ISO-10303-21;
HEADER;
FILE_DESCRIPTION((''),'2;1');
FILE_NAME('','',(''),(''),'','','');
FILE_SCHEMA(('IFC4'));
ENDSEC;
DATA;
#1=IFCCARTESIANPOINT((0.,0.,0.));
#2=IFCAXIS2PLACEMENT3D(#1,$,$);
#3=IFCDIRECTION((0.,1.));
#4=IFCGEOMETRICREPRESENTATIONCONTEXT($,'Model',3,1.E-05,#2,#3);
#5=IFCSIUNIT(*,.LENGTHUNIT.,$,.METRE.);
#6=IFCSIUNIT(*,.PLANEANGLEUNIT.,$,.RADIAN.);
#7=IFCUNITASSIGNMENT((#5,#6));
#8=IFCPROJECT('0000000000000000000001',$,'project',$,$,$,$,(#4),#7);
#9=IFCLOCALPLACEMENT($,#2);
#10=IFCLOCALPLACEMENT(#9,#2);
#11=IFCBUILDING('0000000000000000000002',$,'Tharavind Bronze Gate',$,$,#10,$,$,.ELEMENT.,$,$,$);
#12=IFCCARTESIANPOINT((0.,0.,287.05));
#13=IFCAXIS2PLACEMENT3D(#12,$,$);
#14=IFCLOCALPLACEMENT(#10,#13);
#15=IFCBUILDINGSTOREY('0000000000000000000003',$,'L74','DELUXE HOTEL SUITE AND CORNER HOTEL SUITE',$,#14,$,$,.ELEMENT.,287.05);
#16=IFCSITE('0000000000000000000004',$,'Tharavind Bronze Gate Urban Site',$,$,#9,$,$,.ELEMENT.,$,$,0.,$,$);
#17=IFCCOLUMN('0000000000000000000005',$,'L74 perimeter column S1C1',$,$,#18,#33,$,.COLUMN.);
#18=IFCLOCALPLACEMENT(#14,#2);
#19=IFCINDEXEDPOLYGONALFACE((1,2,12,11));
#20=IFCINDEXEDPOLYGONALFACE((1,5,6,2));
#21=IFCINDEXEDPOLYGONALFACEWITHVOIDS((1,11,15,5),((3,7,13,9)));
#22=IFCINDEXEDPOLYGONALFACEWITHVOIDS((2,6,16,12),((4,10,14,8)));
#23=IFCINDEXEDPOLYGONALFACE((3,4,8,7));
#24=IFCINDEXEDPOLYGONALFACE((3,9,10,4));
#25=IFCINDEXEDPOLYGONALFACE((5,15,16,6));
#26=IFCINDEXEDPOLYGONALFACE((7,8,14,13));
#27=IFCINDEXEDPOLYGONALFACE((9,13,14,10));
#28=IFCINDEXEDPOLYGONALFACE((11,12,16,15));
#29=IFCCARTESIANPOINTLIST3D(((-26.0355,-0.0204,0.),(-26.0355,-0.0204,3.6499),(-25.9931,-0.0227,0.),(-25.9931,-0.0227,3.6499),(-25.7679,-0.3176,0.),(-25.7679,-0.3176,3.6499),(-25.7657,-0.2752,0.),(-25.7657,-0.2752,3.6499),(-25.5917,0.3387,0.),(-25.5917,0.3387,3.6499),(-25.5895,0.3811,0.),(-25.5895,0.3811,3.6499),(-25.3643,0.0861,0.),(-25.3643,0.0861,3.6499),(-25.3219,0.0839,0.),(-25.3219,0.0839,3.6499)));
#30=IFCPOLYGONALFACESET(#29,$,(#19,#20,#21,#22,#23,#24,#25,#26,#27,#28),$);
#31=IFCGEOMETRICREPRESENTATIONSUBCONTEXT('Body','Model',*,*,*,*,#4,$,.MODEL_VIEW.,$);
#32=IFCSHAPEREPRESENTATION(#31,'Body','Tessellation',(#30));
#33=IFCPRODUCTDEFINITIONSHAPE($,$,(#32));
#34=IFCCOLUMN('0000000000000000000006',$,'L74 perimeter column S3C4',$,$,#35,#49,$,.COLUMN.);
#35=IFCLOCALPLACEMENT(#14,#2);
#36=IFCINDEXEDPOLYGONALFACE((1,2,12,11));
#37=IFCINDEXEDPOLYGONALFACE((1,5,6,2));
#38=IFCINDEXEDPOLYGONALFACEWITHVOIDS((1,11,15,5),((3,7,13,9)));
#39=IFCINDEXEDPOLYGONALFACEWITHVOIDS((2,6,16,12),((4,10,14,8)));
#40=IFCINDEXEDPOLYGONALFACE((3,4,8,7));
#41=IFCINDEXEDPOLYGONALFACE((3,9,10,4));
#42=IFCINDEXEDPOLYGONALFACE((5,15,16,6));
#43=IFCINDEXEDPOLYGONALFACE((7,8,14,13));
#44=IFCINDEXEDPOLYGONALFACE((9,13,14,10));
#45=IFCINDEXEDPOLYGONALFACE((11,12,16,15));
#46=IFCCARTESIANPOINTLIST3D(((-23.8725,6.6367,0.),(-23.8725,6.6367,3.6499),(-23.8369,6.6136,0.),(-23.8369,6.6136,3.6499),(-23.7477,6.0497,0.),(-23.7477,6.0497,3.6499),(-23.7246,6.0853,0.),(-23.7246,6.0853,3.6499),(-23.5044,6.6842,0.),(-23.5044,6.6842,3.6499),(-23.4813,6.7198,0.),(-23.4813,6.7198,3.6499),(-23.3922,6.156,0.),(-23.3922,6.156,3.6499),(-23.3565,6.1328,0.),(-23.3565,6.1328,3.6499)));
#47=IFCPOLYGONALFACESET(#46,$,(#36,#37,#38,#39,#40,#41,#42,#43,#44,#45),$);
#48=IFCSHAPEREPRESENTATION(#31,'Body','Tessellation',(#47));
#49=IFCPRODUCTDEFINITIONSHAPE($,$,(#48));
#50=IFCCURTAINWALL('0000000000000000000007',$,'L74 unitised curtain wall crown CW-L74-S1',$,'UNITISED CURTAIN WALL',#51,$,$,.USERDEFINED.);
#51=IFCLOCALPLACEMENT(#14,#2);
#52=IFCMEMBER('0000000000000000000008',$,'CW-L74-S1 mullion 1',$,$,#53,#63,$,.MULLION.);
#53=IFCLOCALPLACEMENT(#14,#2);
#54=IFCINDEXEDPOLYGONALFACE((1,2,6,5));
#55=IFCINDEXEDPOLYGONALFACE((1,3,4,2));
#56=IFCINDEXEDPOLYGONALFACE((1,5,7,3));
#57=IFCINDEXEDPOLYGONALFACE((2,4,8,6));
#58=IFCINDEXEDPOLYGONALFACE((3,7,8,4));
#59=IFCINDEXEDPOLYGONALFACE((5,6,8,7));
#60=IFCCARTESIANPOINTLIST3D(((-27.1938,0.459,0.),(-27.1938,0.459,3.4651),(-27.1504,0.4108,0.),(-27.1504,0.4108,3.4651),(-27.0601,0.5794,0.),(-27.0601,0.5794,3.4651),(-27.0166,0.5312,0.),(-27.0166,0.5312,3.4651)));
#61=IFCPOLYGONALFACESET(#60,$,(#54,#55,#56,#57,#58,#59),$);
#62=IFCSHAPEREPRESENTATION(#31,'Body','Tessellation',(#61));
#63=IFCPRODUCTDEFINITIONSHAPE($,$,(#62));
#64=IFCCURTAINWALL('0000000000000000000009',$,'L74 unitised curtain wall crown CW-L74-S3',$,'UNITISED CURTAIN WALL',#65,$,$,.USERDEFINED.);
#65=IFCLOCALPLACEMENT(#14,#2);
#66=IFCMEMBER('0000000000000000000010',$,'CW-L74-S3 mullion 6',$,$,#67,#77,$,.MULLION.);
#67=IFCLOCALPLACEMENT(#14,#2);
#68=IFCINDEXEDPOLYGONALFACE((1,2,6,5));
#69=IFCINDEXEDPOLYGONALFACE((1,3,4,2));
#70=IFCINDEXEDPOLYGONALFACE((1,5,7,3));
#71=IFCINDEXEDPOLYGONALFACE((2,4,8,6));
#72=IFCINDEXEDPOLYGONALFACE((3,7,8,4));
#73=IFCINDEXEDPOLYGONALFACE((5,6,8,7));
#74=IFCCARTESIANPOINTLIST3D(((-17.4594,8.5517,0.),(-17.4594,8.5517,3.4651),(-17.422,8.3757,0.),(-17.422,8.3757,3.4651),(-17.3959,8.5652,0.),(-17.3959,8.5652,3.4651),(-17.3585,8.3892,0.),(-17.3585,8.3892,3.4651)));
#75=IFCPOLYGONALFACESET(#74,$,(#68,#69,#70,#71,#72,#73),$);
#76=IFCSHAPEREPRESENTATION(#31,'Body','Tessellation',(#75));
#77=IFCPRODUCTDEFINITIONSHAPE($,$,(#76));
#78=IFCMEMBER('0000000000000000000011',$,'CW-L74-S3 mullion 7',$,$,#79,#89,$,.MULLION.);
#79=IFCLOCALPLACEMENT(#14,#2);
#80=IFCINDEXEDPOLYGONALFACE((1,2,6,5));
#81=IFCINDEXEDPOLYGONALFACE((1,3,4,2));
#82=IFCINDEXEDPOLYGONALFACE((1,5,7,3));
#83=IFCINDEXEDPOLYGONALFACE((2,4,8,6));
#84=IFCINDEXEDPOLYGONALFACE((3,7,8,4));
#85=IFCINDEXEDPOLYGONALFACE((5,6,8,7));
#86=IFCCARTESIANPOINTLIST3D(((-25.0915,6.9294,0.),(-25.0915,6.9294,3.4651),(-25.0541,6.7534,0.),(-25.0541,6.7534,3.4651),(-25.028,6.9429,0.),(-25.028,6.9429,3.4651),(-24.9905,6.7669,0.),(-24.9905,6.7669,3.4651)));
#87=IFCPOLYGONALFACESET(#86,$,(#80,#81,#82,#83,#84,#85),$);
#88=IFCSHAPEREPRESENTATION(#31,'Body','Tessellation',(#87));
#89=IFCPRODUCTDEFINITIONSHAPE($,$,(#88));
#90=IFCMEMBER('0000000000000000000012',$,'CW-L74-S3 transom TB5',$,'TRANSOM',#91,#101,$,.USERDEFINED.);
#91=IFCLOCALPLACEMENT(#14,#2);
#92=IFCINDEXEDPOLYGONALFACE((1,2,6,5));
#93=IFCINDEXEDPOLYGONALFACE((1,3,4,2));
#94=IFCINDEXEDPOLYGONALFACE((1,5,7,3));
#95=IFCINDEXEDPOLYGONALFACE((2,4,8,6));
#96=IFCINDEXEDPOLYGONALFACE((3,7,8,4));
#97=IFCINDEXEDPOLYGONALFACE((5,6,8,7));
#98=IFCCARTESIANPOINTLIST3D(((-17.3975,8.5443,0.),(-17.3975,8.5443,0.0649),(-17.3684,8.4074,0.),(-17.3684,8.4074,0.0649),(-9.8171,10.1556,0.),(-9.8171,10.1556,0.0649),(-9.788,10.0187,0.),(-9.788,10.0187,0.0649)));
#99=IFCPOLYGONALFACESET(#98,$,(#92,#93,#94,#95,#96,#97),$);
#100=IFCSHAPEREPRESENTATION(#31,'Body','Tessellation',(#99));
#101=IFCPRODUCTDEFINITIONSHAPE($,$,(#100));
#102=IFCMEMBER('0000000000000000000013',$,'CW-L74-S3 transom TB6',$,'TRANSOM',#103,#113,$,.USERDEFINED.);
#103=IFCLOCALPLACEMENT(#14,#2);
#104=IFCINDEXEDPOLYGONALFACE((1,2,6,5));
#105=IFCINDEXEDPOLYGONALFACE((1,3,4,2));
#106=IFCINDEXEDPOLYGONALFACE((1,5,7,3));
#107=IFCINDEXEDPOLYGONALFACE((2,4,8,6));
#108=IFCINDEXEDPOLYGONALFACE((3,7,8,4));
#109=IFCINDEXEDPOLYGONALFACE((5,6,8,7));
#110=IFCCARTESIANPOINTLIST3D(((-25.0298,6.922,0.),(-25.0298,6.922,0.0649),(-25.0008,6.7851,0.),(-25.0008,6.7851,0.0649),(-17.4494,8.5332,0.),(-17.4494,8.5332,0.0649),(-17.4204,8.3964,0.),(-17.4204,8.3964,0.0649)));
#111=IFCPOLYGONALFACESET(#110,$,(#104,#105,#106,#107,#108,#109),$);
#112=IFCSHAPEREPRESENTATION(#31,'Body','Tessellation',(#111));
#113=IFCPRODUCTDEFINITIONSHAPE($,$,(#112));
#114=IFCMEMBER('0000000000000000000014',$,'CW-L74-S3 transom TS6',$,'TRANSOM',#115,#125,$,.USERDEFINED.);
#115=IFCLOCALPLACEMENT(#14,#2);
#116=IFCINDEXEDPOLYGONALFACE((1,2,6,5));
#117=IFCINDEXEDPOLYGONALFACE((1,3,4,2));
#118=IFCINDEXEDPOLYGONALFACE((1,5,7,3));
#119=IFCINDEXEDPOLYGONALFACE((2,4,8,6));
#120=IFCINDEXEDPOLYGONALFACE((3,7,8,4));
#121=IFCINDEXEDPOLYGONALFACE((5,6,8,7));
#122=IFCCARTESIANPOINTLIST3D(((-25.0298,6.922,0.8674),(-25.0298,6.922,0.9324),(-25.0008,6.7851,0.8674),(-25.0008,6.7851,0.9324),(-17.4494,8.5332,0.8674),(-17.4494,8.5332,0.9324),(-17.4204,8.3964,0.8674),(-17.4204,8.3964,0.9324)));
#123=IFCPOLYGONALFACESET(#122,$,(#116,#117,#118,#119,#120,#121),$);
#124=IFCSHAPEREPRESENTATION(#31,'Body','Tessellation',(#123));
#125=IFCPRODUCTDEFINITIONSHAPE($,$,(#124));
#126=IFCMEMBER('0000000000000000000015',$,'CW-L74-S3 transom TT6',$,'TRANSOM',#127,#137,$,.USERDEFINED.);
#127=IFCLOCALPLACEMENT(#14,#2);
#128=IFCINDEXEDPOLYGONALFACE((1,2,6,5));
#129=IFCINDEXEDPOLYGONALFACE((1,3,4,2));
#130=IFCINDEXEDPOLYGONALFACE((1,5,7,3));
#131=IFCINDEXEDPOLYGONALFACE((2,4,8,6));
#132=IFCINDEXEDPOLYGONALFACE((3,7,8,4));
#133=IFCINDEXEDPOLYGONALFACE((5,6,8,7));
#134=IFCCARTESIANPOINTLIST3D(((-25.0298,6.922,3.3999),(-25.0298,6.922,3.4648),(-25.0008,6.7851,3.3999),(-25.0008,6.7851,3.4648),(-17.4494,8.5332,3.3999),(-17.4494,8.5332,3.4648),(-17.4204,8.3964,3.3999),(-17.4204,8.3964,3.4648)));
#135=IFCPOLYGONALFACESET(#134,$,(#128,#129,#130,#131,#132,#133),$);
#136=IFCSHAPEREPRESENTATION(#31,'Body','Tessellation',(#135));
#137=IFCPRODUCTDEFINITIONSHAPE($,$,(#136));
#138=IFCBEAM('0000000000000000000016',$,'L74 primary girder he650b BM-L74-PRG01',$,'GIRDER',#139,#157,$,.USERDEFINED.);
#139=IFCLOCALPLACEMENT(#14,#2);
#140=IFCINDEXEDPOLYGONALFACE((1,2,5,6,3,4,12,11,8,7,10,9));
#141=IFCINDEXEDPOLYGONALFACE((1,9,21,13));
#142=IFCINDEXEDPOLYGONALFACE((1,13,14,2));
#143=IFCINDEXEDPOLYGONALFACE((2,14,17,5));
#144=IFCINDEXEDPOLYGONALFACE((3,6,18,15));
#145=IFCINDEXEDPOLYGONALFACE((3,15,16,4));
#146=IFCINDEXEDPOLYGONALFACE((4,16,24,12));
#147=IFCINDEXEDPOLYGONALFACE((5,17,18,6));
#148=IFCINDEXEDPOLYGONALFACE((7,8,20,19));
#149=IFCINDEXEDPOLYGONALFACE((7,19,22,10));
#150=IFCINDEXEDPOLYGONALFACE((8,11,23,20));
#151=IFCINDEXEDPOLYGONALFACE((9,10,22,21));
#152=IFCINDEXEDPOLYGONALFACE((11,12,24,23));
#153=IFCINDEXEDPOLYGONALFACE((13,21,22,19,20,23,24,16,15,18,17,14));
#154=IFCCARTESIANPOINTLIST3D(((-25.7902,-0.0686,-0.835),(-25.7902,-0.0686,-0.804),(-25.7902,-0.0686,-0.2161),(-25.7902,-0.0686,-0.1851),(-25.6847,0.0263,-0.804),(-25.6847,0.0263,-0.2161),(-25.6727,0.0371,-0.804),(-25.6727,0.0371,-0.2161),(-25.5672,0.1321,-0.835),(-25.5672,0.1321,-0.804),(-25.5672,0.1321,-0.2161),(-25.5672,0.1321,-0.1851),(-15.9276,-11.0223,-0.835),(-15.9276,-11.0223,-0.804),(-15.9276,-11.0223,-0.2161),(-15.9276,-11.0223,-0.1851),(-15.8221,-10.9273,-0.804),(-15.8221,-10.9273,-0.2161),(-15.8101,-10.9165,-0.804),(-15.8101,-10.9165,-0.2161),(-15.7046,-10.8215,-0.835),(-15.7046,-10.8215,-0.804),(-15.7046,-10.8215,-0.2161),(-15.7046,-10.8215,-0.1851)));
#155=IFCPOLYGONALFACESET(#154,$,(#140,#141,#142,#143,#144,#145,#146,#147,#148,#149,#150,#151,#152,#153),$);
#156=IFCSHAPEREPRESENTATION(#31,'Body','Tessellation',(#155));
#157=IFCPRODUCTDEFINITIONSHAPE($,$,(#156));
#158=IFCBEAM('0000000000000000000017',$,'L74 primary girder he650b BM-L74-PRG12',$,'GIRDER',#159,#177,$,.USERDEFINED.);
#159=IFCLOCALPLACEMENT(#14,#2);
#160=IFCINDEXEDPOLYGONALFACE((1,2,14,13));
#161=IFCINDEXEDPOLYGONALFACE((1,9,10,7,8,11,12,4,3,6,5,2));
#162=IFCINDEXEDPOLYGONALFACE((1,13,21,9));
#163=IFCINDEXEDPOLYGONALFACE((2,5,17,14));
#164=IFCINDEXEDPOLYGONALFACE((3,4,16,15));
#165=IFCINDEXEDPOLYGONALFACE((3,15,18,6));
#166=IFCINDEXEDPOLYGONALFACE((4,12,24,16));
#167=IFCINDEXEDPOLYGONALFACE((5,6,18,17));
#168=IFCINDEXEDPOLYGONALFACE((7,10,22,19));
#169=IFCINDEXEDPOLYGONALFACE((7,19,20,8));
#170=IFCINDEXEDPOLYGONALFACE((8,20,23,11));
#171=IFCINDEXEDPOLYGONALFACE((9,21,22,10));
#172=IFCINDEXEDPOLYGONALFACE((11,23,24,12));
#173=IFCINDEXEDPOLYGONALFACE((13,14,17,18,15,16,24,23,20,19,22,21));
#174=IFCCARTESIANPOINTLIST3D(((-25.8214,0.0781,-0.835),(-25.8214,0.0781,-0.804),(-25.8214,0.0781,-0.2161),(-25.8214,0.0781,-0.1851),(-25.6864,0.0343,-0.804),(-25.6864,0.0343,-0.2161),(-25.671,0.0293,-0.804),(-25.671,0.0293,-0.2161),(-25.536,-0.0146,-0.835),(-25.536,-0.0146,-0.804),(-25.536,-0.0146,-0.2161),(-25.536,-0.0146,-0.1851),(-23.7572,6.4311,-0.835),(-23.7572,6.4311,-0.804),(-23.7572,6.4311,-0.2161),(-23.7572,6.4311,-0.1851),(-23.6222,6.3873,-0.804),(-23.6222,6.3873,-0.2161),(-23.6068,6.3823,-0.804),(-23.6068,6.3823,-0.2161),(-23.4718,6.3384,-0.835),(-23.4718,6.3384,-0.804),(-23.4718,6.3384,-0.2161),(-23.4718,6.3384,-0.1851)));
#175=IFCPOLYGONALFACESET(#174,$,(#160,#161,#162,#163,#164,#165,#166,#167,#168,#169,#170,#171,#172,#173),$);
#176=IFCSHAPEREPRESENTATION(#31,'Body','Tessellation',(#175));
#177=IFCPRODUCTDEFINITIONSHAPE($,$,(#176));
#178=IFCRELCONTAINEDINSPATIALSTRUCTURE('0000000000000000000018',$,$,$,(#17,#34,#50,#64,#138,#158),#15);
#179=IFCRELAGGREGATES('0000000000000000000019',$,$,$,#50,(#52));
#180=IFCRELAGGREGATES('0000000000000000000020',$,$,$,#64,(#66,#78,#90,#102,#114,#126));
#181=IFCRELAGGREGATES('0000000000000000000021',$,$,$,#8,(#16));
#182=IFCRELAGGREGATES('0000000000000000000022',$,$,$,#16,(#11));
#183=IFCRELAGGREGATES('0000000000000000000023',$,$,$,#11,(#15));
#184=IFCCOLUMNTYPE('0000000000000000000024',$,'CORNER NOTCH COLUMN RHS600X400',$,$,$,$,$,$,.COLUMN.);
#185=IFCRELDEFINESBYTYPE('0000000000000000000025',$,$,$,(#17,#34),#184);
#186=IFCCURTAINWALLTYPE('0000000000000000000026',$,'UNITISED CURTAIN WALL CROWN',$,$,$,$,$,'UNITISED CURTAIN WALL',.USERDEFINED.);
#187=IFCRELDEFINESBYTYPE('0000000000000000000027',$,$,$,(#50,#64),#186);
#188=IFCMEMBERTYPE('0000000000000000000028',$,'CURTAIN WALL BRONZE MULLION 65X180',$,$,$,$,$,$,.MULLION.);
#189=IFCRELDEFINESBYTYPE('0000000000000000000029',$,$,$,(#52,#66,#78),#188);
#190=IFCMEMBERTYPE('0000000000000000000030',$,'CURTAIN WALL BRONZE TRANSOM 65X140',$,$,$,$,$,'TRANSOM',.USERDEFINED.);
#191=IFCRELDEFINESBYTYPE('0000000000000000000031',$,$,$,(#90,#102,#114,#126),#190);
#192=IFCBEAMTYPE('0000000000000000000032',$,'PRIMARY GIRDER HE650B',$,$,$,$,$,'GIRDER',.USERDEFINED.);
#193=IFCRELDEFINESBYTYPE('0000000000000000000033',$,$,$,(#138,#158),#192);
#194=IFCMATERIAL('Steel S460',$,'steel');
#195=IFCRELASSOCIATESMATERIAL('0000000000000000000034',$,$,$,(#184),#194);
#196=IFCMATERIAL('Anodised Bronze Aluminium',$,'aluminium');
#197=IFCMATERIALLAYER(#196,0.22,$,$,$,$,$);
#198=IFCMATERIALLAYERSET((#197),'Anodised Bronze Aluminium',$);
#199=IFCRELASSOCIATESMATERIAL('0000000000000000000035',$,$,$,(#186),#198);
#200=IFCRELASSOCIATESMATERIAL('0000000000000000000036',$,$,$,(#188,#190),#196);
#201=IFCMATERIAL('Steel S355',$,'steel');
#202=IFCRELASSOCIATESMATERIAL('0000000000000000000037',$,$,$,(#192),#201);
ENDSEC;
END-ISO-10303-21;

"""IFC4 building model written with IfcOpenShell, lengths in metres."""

from ifc_helpers import new_model, si_unit, direction, frame, origin, origin_2d, place, context, subcontext, project, spatial, rectangle, hollow_rectangle, i_section, extrude, material, layer, layer_set, material_profile, profile_set, type_object, element, aggregate, save


model = new_model("IFC4")

# Units and contexts
model_context = context("Model", 3, precision=1e-05, world=origin(), true_north=direction((0.0, 1.0)))
body_context = subcontext(model_context, "Body", "Model", "MODEL_VIEW")
ifc_project = project(units=[si_unit("LENGTHUNIT", "METRE"), si_unit("PLANEANGLEUNIT", "RADIAN")], contexts=[model_context])

# Site, building, storey
site_placement = place(None, origin())
site = spatial("IfcSite", under=ifc_project, at=site_placement, Name="Tharavind Bronze Gate Urban Site", CompositionType="ELEMENT", RefElevation=0.0)
building_placement = place(site_placement, origin())
building = spatial("IfcBuilding", under=site, at=building_placement, Name="Tharavind Bronze Gate", CompositionType="ELEMENT")
storey_placement = place(building_placement, frame((0.0, 0.0, 287.05)))
storey = spatial("IfcBuildingStorey", under=building, at=storey_placement, Name="L74", Description="DELUXE HOTEL SUITE AND CORNER HOTEL SUITE", CompositionType="ELEMENT", Elevation=287.05)

# Columns
ifc_material_1 = material(Name="Steel S460", Category="steel")
ifc_material_profile_1 = material_profile(ifc_material_1, hollow_rectangle(XDim=0.3999, YDim=0.6001, WallThickness=0.03, at=origin_2d()), Name="RHS600X400X30")
ifc_profile_set_1 = profile_set([ifc_material_profile_1], Name="Steel S460")
column_type = type_object("IfcColumnType", Name="CORNER NOTCH COLUMN RHS600X400", PredefinedType="COLUMN", material=ifc_profile_set_1)
for number, where, z_axis, x_axis, name in (
    (1, (-25.6787, 0.0317, 0.0), (0.0, 0.0, 1.0), (-0.669131, 0.743145, 0.0), "L74 perimeter column S1C1"),
    (2, (-23.6145, 6.3848, 0.0), (0.0, 0.0, 1.0), (0.978147, 0.207913, 0.0), "L74 perimeter column S3C4"),
):
    element("IfcColumn", number, at=place(storey_placement, frame(where, z_axis=z_axis, x_axis=x_axis)), inside=storey, type_object=column_type, Name=name, PredefinedType="COLUMN", context=body_context, shape_type="SweptSolid", body=[
        extrude(hollow_rectangle(XDim=0.3999, YDim=0.6001, WallThickness=0.03, at=origin_2d()), origin(), (0.0, 0.0, 1.0), 3.6499),
    ])

# Curtain wall, member
ifc_material_2 = material(Name="Anodised Bronze Aluminium", Category="aluminium")
ifc_layer_1 = layer(ifc_material_2, 0.22)
ifc_layer_set_1 = layer_set([ifc_layer_1], Name="Anodised Bronze Aluminium")
curtain_wall_type = type_object("IfcCurtainWallType", Name="UNITISED CURTAIN WALL CROWN", ElementType="UNITISED CURTAIN WALL", PredefinedType="USERDEFINED", material=ifc_layer_set_1)
curtain_wall_1_placement = place(storey_placement, origin())
curtain_wall_1 = element("IfcCurtainWall", 3, at=curtain_wall_1_placement, inside=storey, type_object=curtain_wall_type, Name="L74 unitised curtain wall crown CW-L74-S1", ObjectType="UNITISED CURTAIN WALL", PredefinedType="USERDEFINED")
member_type_1 = type_object("IfcMemberType", Name="CURTAIN WALL BRONZE MULLION 65X180", PredefinedType="MULLION", material=ifc_material_2)
member_1_placement = place(storey_placement, frame((-27.1052, 0.4951, 0.0), z_axis=(0.0, 0.0, 1.0), x_axis=(0.669131, -0.743145, 0.0)))
member_1 = element("IfcMember", 4, at=member_1_placement, type_object=member_type_1, Name="CW-L74-S1 mullion 1", PredefinedType="MULLION", context=body_context, shape_type="SweptSolid", body=[
    extrude(rectangle(XDim=0.0649, YDim=0.1799, at=origin_2d()), origin(), (0.0, 0.0, 1.0), 3.4651),
])
aggregate(curtain_wall_1, [member_1])

# Curtain wall, members
curtain_wall_2_placement = place(storey_placement, origin())
curtain_wall_2 = element("IfcCurtainWall", 5, at=curtain_wall_2_placement, inside=storey, type_object=curtain_wall_type, Name="L74 unitised curtain wall crown CW-L74-S3", ObjectType="UNITISED CURTAIN WALL", PredefinedType="USERDEFINED")
member_2_placement = place(storey_placement, frame((-17.4089, 8.4705, 0.0), z_axis=(0.0, 0.0, 1.0), x_axis=(-0.978147, -0.207913, 0.0)))
member_2 = element("IfcMember", 6, at=member_2_placement, type_object=member_type_1, Name="CW-L74-S3 mullion 6", PredefinedType="MULLION", context=body_context, shape_type="SweptSolid", body=[
    extrude(rectangle(XDim=0.0649, YDim=0.1799, at=origin_2d()), origin(), (0.0, 0.0, 1.0), 3.4651),
])
member_3_placement = place(storey_placement, frame((-25.041, 6.8481, 0.0), z_axis=(0.0, 0.0, 1.0), x_axis=(-0.978147, -0.207913, 0.0)))
member_3 = element("IfcMember", 7, at=member_3_placement, type_object=member_type_1, Name="CW-L74-S3 mullion 7", PredefinedType="MULLION", context=body_context, shape_type="SweptSolid", body=[
    extrude(rectangle(XDim=0.0649, YDim=0.1799, at=origin_2d()), origin(), (0.0, 0.0, 1.0), 3.4651),
])
member_type_2 = type_object("IfcMemberType", Name="CURTAIN WALL BRONZE TRANSOM 65X140", ElementType="TRANSOM", PredefinedType="USERDEFINED", material=ifc_material_2)
member_4_placement = place(storey_placement, frame((-13.5928, 9.2815, 0.0), z_axis=(0.0, 0.0, 1.0), x_axis=(-0.978147, -0.207913, 0.0)))
member_4 = element("IfcMember", 8, at=member_4_placement, type_object=member_type_2, Name="CW-L74-S3 transom TB5", ObjectType="TRANSOM", PredefinedType="USERDEFINED", context=body_context, shape_type="SweptSolid", body=[
    extrude(rectangle(XDim=7.7498, YDim=0.1399, at=origin_2d()), origin(), (0.0, 0.0, 1.0), 0.0649),
])
member_5_placement = place(storey_placement, frame((-21.2251, 7.6592, 0.0), z_axis=(0.0, 0.0, 1.0), x_axis=(-0.978147, -0.207913, 0.0)))
member_5 = element("IfcMember", 9, at=member_5_placement, type_object=member_type_2, Name="CW-L74-S3 transom TB6", ObjectType="TRANSOM", PredefinedType="USERDEFINED", context=body_context, shape_type="SweptSolid", body=[
    extrude(rectangle(XDim=7.7498, YDim=0.1399, at=origin_2d()), origin(), (0.0, 0.0, 1.0), 0.0649),
])
member_6_placement = place(storey_placement, frame((-21.2251, 7.6592, 0.8674), z_axis=(0.0, 0.0, 1.0), x_axis=(-0.978147, -0.207913, 0.0)))
member_6 = element("IfcMember", 10, at=member_6_placement, type_object=member_type_2, Name="CW-L74-S3 transom TS6", ObjectType="TRANSOM", PredefinedType="USERDEFINED", context=body_context, shape_type="SweptSolid", body=[
    extrude(rectangle(XDim=7.7498, YDim=0.1399, at=origin_2d()), origin(), (0.0, 0.0, 1.0), 0.0649),
])
member_7_placement = place(storey_placement, frame((-21.2251, 7.6592, 3.3999), z_axis=(0.0, 0.0, 1.0), x_axis=(-0.978147, -0.207913, 0.0)))
member_7 = element("IfcMember", 11, at=member_7_placement, type_object=member_type_2, Name="CW-L74-S3 transom TT6", ObjectType="TRANSOM", PredefinedType="USERDEFINED", context=body_context, shape_type="SweptSolid", body=[
    extrude(rectangle(XDim=7.7498, YDim=0.1399, at=origin_2d()), origin(), (0.0, 0.0, 1.0), 0.0649),
])

# Beams
ifc_material_3 = material(Name="Steel S355", Category="steel")
ifc_material_profile_2 = material_profile(ifc_material_3, i_section(OverallWidth=0.3, OverallDepth=0.6499, WebThickness=0.0161, FlangeThickness=0.031, at=origin_2d()), Name="HE650B")
ifc_profile_set_2 = profile_set([ifc_material_profile_2], Name="Steel S355")
beam_type_1 = type_object("IfcBeamType", Name="PRIMARY GIRDER HE650B", ElementType="GIRDER", PredefinedType="USERDEFINED", material=ifc_profile_set_2)
beam_1_placement = place(storey_placement, frame((-25.6787, 0.0317, -0.51), z_axis=(0.669126, -0.743149, 0.0), x_axis=(0.743149, 0.669126, 0.0)))
element("IfcBeam", 12, at=beam_1_placement, inside=storey, type_object=beam_type_1, Name="L74 primary girder he650b BM-L74-PRG01", ObjectType="GIRDER", PredefinedType="USERDEFINED", context=body_context, shape_type="SweptSolid", body=[
    extrude(i_section(OverallWidth=0.3, OverallDepth=0.6499, WebThickness=0.0161, FlangeThickness=0.031, at=origin_2d()), origin(), (0.0, 0.0, 1.0), 14.7395),
])
beam_2_placement = place(storey_placement, frame((-23.6145, 6.3848, -0.51), z_axis=(-0.309015, -0.951057, 0.0), x_axis=(0.951057, -0.309015, 0.0)))
element("IfcBeam", 13, at=beam_2_placement, inside=storey, type_object=beam_type_1, Name="L74 primary girder he650b BM-L74-PRG12", ObjectType="GIRDER", PredefinedType="USERDEFINED", context=body_context, shape_type="SweptSolid", body=[
    extrude(i_section(OverallWidth=0.3, OverallDepth=0.6499, WebThickness=0.0161, FlangeThickness=0.031, at=origin_2d()), origin(), (0.0, 0.0, 1.0), 6.6799),
])

aggregate(curtain_wall_2, [member_2, member_3, member_4, member_5, member_6, member_7])

save(model, "model.ifc")
